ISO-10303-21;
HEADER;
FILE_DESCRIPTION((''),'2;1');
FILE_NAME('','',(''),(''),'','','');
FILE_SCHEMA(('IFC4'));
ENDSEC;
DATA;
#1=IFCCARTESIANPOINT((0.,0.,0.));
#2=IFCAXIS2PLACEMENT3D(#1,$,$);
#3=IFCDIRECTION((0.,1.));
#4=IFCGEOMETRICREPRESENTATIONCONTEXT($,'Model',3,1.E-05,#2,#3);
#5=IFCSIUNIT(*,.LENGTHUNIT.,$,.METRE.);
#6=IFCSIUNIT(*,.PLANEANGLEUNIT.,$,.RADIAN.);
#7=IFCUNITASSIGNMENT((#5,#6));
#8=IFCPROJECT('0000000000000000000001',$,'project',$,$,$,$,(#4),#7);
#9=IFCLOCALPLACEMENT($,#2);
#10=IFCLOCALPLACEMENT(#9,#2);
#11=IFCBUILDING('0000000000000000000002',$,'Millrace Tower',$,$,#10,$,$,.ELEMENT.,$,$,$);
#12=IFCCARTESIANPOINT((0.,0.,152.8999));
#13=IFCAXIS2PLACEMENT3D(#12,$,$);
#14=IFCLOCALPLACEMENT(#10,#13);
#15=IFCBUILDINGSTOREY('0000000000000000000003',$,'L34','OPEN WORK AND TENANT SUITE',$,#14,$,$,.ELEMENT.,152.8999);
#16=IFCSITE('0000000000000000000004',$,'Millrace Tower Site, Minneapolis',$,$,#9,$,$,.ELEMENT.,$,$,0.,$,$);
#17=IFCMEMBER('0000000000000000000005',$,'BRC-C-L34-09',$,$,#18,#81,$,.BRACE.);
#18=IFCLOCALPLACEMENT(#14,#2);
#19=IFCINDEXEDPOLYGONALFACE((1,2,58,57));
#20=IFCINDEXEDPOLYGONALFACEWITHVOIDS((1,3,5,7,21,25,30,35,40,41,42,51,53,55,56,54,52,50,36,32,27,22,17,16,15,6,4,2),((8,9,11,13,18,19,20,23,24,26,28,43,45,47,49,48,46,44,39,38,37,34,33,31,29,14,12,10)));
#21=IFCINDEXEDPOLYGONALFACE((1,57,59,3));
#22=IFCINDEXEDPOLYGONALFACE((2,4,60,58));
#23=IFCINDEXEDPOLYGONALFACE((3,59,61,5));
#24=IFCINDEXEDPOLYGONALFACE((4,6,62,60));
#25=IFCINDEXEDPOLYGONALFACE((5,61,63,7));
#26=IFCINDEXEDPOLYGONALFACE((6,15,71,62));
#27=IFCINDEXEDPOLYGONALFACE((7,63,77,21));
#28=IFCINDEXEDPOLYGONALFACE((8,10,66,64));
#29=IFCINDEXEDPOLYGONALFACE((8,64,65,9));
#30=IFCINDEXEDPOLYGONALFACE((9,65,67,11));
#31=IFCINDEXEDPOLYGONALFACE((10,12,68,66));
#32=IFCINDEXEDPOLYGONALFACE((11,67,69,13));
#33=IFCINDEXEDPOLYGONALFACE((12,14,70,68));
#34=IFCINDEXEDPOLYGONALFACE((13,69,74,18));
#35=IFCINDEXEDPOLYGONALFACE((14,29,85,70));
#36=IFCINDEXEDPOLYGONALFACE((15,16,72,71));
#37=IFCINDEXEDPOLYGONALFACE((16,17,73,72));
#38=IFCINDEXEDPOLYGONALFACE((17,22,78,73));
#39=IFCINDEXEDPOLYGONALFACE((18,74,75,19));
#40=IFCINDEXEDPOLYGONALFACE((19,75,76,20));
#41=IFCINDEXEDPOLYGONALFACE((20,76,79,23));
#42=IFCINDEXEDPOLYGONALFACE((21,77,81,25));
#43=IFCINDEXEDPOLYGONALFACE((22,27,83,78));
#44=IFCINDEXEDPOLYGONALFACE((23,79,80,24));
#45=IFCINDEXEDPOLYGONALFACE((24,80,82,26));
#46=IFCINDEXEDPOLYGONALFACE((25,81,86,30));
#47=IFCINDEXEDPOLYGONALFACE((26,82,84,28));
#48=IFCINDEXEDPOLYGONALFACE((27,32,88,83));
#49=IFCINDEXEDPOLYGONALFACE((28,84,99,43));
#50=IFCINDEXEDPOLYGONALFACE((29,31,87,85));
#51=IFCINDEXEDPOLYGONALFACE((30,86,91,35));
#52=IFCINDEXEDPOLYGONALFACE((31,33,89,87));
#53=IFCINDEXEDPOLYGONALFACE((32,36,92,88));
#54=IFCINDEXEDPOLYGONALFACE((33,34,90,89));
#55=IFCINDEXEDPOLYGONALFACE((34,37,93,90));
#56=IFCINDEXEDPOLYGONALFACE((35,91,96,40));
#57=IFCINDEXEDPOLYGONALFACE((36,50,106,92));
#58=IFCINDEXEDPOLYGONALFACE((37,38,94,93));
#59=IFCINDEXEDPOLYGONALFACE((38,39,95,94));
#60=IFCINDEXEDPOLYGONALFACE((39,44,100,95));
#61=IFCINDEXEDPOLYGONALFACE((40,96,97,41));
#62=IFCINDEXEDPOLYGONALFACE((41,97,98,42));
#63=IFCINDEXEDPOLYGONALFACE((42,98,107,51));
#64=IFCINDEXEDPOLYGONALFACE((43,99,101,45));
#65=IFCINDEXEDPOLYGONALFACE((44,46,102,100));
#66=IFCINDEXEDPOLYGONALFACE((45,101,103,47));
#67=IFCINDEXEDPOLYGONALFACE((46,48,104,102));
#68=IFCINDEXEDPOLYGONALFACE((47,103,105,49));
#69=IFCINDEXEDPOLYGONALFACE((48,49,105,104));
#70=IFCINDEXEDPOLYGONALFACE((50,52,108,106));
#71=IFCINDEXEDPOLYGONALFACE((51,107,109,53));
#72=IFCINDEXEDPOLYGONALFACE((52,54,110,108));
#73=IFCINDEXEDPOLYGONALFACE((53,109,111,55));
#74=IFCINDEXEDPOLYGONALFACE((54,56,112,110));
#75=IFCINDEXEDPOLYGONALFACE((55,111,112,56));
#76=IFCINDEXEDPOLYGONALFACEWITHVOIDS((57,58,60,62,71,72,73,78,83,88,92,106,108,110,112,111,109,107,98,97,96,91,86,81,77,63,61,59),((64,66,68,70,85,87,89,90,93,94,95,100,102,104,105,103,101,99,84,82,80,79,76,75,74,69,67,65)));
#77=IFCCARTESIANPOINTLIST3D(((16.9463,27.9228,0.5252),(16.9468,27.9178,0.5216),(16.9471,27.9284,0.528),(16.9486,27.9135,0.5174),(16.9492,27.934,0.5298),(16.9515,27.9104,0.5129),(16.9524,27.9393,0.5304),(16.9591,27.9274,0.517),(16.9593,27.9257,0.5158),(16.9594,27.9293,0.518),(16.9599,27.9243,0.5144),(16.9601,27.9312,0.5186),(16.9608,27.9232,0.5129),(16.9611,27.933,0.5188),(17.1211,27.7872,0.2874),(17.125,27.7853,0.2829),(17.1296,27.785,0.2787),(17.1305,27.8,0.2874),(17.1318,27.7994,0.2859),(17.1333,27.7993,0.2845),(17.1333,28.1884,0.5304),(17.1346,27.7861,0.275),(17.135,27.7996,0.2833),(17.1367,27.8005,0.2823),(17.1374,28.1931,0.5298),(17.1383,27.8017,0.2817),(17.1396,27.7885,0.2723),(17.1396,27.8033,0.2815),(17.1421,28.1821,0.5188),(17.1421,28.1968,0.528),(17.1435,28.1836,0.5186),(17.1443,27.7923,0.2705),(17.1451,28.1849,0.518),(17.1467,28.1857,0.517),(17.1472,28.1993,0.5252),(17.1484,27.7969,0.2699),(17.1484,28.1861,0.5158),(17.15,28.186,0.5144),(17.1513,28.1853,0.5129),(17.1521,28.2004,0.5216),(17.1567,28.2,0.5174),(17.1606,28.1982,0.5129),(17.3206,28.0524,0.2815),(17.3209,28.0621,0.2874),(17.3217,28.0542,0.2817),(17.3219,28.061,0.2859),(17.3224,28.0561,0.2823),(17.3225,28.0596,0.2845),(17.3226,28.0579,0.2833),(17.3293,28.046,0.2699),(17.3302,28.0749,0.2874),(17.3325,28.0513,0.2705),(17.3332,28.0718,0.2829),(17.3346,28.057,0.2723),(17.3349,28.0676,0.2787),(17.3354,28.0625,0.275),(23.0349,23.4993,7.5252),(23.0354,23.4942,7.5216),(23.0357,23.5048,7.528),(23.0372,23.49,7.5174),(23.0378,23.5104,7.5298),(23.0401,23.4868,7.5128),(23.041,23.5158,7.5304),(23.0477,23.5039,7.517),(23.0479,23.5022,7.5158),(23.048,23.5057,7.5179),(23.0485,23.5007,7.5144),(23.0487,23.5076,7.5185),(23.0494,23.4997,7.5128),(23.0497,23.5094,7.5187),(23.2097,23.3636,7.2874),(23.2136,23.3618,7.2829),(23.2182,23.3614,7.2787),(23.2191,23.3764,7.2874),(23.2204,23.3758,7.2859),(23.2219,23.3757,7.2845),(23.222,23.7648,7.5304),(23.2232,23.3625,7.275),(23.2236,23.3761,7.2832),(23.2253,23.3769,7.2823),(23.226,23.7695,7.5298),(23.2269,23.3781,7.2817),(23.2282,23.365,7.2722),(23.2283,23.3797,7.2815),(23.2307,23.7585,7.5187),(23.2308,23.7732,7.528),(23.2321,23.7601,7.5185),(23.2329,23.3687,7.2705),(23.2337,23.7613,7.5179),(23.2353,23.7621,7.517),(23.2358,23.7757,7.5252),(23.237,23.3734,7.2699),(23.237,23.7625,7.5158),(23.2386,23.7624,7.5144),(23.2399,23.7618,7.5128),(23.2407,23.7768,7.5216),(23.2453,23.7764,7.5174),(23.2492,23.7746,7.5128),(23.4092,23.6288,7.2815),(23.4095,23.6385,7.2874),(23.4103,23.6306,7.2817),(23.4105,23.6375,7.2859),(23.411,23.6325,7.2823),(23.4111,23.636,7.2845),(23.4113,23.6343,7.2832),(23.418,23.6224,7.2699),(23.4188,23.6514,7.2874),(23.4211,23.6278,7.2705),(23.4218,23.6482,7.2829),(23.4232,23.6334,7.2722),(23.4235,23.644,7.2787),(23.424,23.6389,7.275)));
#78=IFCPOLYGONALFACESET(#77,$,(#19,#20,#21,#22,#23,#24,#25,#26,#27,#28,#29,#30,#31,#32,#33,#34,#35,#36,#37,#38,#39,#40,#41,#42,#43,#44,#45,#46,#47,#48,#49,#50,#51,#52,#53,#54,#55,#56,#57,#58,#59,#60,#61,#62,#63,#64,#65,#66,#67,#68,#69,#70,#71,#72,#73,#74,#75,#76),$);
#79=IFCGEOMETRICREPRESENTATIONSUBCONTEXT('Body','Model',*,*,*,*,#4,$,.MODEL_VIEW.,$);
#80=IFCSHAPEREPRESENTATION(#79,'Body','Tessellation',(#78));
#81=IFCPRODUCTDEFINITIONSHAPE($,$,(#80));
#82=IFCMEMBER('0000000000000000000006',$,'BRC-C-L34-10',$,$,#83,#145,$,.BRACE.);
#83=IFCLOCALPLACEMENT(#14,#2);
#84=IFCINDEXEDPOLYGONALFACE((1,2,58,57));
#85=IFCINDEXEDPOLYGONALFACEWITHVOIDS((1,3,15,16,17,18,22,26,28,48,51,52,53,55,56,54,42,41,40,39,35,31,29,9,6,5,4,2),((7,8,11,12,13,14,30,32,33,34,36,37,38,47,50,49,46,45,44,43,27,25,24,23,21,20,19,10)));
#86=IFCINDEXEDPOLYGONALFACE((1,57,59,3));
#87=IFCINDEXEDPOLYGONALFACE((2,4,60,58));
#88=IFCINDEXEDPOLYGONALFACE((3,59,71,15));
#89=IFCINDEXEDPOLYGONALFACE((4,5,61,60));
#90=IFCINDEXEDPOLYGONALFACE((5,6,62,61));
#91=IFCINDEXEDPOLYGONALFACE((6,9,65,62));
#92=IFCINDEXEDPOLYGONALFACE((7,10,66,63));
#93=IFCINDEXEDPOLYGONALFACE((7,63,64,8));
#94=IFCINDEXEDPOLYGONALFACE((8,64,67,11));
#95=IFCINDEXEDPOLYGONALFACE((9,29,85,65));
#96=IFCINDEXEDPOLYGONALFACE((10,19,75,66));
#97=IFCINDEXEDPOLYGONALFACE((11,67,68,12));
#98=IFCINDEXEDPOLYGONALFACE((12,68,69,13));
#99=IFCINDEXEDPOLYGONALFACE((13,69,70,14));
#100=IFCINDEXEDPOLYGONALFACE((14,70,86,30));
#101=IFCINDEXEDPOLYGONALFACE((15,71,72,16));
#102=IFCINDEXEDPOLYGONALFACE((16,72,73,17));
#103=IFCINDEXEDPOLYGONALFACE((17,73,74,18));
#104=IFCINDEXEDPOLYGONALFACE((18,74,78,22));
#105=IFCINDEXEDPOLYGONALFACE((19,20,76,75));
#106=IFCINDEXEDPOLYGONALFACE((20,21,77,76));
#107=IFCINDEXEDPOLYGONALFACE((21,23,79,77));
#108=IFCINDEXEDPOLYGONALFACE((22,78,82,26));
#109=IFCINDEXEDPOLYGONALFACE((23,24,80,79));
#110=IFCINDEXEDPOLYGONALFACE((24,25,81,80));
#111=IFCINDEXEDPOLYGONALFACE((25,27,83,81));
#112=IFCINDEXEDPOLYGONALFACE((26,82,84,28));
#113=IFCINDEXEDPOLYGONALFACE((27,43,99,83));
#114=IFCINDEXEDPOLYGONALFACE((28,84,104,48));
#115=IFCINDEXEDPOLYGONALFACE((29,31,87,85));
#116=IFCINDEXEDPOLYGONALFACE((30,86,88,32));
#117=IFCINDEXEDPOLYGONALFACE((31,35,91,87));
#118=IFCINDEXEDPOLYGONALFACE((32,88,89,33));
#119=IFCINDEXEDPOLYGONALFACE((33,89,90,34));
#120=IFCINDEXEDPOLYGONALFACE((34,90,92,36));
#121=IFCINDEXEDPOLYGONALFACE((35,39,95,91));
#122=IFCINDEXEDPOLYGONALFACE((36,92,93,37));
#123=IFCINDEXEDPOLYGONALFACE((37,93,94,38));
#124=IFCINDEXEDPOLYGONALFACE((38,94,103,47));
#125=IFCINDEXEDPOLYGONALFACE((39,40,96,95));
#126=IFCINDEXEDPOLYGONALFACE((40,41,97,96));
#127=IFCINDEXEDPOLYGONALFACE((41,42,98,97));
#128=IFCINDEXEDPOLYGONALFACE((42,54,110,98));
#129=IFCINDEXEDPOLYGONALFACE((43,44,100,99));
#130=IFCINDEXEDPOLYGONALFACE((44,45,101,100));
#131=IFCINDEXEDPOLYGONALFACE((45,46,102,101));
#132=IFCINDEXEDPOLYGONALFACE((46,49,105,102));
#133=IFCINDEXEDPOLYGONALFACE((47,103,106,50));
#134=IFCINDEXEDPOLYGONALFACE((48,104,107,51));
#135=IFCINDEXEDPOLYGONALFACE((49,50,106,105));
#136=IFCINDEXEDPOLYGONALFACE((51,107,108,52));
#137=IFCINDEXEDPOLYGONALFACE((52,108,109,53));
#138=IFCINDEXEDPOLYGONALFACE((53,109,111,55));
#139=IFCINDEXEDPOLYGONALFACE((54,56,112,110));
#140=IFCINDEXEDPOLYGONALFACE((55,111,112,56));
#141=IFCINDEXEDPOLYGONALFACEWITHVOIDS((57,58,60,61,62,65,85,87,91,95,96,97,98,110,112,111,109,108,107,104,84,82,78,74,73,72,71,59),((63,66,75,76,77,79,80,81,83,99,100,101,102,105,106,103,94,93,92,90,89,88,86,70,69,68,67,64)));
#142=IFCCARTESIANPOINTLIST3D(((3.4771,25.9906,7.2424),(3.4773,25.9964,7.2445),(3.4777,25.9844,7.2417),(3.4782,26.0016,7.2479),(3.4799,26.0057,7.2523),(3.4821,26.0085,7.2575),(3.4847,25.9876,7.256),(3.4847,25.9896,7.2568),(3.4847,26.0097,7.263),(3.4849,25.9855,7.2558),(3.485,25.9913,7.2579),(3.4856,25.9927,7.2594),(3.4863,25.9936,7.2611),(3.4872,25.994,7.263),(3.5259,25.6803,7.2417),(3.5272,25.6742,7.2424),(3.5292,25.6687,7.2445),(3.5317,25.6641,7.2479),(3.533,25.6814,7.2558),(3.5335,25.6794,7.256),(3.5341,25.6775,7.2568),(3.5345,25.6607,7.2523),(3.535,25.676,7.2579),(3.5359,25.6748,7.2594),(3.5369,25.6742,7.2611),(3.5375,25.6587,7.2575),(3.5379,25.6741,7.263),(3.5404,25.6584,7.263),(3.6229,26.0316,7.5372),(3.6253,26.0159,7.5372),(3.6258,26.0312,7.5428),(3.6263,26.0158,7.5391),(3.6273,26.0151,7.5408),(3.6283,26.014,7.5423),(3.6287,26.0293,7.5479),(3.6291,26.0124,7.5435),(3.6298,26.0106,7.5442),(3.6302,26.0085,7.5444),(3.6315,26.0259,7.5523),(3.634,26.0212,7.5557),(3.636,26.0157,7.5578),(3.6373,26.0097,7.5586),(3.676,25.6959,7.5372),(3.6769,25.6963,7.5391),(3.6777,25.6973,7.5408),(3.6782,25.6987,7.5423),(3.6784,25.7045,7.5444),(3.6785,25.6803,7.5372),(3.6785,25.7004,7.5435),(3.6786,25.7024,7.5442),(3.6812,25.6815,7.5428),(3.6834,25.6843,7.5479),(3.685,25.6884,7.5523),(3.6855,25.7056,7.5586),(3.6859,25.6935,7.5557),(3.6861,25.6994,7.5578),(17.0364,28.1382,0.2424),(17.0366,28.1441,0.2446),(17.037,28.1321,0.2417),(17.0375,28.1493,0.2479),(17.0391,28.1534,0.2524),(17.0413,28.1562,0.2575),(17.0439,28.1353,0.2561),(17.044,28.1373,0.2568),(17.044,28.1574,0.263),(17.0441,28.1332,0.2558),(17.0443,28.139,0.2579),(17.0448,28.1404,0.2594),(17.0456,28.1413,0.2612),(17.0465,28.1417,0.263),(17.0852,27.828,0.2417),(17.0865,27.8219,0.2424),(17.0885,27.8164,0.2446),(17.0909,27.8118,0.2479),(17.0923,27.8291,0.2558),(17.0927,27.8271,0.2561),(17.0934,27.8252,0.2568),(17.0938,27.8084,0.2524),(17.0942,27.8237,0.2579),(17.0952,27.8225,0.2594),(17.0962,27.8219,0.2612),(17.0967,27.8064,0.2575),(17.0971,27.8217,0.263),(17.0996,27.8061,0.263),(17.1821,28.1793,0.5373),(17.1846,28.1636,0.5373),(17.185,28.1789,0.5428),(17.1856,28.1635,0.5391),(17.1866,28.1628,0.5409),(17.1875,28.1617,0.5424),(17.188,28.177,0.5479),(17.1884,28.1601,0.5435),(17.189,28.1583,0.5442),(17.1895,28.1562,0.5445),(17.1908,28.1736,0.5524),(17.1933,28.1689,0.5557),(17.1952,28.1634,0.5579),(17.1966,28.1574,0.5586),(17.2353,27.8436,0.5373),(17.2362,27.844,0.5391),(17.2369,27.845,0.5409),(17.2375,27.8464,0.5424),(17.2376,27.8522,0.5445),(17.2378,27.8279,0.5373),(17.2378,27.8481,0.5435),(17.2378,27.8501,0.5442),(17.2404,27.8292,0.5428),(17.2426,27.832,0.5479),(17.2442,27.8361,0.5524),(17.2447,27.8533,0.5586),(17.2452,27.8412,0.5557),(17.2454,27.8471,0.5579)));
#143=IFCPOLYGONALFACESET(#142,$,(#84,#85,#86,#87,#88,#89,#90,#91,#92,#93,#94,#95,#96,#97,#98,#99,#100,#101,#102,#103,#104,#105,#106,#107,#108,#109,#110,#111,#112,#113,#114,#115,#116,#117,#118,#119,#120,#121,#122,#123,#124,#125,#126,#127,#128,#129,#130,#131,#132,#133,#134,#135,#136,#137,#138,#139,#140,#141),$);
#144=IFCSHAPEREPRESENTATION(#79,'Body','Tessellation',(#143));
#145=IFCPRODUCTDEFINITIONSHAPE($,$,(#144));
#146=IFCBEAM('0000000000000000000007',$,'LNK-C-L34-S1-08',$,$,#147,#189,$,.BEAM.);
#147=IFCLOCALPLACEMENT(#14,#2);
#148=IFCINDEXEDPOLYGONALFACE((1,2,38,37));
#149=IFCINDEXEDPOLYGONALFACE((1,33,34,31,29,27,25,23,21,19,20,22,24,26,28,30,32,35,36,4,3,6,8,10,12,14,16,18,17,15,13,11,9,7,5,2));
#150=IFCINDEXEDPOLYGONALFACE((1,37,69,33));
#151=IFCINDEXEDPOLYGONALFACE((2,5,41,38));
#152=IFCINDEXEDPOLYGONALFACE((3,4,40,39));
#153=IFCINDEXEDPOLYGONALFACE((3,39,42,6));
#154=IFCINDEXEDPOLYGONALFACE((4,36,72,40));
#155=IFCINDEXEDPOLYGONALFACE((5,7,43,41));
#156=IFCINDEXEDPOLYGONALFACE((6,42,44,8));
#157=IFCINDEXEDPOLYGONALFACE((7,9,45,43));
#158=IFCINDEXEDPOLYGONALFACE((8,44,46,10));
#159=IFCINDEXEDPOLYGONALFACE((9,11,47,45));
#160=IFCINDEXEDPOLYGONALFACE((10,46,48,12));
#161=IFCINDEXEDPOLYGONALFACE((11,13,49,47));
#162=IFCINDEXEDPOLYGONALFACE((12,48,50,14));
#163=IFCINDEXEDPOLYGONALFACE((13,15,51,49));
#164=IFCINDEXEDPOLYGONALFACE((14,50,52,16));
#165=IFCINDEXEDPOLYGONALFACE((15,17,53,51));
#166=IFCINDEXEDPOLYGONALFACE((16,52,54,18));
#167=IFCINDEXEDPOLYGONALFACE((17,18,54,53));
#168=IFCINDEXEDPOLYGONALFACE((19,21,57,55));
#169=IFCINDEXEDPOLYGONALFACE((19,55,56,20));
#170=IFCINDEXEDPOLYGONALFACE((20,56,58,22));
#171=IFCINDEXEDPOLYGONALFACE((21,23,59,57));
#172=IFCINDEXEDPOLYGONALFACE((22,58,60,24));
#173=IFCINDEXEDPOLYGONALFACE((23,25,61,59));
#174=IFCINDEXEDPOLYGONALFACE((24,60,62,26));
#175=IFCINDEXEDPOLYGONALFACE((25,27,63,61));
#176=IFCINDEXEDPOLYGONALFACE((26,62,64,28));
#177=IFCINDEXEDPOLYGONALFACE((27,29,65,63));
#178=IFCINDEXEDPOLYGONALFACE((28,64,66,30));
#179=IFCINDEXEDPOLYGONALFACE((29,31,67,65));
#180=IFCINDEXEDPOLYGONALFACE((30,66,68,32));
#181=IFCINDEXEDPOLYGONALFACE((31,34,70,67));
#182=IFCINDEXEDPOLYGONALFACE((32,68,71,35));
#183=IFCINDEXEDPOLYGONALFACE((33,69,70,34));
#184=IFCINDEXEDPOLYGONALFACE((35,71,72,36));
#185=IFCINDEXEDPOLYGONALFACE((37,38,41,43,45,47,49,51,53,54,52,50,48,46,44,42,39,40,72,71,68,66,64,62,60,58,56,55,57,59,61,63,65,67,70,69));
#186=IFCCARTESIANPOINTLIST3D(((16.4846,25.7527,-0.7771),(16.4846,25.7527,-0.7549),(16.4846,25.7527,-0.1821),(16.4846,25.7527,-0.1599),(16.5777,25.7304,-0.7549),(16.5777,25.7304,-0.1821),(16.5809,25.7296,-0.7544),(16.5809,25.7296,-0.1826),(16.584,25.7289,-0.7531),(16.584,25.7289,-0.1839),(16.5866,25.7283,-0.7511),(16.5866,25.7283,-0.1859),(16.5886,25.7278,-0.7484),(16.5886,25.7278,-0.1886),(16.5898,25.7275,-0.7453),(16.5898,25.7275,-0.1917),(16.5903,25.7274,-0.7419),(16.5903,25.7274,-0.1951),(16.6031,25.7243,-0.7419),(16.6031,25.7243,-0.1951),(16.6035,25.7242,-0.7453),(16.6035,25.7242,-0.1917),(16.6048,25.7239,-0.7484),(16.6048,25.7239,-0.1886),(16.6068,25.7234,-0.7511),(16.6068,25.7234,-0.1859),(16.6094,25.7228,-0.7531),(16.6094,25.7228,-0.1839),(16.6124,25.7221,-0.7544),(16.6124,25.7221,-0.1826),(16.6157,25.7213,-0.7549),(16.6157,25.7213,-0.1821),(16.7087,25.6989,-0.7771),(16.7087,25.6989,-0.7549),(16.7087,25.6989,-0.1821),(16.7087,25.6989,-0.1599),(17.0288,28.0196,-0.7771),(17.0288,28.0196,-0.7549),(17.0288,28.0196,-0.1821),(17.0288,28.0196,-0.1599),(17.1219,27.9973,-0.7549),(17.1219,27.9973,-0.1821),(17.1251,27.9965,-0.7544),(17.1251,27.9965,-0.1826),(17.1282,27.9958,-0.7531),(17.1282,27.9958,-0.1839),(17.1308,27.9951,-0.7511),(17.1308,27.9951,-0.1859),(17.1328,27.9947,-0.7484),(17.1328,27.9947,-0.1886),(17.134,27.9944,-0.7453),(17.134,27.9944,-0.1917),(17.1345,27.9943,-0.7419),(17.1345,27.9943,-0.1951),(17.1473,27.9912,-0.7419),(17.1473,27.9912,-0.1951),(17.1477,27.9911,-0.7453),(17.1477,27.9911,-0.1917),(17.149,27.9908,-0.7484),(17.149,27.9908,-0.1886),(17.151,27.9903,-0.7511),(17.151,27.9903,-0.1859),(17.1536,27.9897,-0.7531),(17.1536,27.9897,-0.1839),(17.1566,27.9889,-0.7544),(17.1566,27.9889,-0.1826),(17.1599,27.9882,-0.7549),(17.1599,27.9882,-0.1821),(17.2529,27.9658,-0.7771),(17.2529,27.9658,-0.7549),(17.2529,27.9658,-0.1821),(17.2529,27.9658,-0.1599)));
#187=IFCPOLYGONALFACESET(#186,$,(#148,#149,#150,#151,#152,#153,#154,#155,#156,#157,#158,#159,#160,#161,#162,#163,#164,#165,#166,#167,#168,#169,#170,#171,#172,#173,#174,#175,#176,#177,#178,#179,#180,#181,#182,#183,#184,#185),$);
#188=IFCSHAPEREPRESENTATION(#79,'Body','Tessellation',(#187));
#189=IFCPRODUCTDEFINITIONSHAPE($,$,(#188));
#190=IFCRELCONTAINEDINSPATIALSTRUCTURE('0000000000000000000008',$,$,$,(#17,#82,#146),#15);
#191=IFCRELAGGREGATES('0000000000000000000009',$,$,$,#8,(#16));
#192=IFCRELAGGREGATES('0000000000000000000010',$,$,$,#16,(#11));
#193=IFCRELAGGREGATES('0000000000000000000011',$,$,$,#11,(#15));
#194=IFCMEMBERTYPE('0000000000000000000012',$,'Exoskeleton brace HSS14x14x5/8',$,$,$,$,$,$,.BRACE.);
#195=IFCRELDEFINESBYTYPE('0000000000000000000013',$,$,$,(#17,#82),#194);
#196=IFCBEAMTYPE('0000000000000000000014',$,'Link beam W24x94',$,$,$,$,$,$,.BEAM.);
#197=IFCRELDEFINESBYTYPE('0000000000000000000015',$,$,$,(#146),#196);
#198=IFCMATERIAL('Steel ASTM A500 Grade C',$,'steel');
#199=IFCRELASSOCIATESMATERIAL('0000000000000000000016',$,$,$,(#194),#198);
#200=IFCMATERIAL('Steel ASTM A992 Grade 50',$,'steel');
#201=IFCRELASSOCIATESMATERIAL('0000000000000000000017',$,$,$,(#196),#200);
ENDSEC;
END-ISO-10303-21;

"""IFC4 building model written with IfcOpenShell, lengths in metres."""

from ifc_helpers import new_model, si_unit, direction, frame, origin, origin_2d, place, context, subcontext, project, spatial, hollow_rectangle, i_section, extrude, material, material_profile, profile_set, type_object, element, save


model = new_model("IFC4")

# Units and contexts
model_context = context("Model", 3, precision=1e-05, world=origin(), true_north=direction((0.0, 1.0)))
body_context = subcontext(model_context, "Body", "Model", "MODEL_VIEW")
ifc_project = project(units=[si_unit("LENGTHUNIT", "METRE"), si_unit("PLANEANGLEUNIT", "RADIAN")], contexts=[model_context])

# Site, building, storey
site_placement = place(None, origin())
site = spatial("IfcSite", under=ifc_project, at=site_placement, Name="Millrace Tower Site, Minneapolis", CompositionType="ELEMENT", RefElevation=0.0)
building_placement = place(site_placement, origin())
building = spatial("IfcBuilding", under=site, at=building_placement, Name="Millrace Tower", CompositionType="ELEMENT")
storey_placement = place(building_placement, frame((0.0, 0.0, 152.8999)))
storey = spatial("IfcBuildingStorey", under=building, at=storey_placement, Name="L34", Description="OPEN WORK AND TENANT SUITE", CompositionType="ELEMENT", Elevation=152.8999)

# Members
ifc_material_1 = material(Name="Steel ASTM A500 Grade C", Category="steel")
ifc_material_profile_1 = material_profile(ifc_material_1, hollow_rectangle(XDim=0.3557, YDim=0.3557, WallThickness=0.0159, InnerFilletRadius=0.0081, OuterFilletRadius=0.0239, at=origin_2d()))
ifc_profile_set_1 = profile_set([ifc_material_profile_1], Name="Steel ASTM A500 Grade C")
member_type_1 = type_object("IfcMemberType", Name="Exoskeleton brace HSS14x14x5/8", PredefinedType="BRACE", material=ifc_profile_set_1)
member_1_placement = place(storey_placement, frame((17.1409, 27.9927, 0.4001), z_axis=(0.592388, -0.430389, 0.681059), x_axis=(0.58778, 0.809021, 0.0)))
element("IfcMember", 1, at=member_1_placement, inside=storey, type_object=member_type_1, Name="BRC-C-L34-09", PredefinedType="BRACE", context=body_context, shape_type="SweptSolid", body=[
    extrude(hollow_rectangle(XDim=0.3557, YDim=0.3557, WallThickness=0.0159, InnerFilletRadius=0.0081, OuterFilletRadius=0.0239, at=origin_2d()), origin(), (0.0, 0.0, 1.0), 10.2781),
])
member_2_placement = place(storey_placement, frame((17.1409, 27.9927, 0.4001), z_axis=(-0.879905, -0.139371, 0.454251), x_axis=(0.156443, -0.987687, 0.0)))
element("IfcMember", 2, at=member_2_placement, inside=storey, type_object=member_type_1, Name="BRC-C-L34-10", PredefinedType="BRACE", context=body_context, shape_type="SweptSolid", body=[
    extrude(hollow_rectangle(XDim=0.3557, YDim=0.3557, WallThickness=0.0159, InnerFilletRadius=0.0081, OuterFilletRadius=0.0239, at=origin_2d()), origin(), (0.0, 0.0, 1.0), 15.4099),
])

# Beam
ifc_material_2 = material(Name="Steel ASTM A992 Grade 50", Category="steel")
ifc_material_profile_2 = material_profile(ifc_material_2, i_section(OverallWidth=0.2305, OverallDepth=0.6172, WebThickness=0.0132, FlangeThickness=0.0222, FilletRadius=0.0129, at=origin_2d()))
ifc_profile_set_2 = profile_set([ifc_material_profile_2], Name="Steel ASTM A992 Grade 50")
beam_type_1 = type_object("IfcBeamType", Name="Link beam W24x94", PredefinedType="BEAM", material=ifc_profile_set_2)
beam_1_placement = place(storey_placement, frame((16.5967, 25.7258, -0.4685), z_axis=(0.233432, 0.972373, 0.0), x_axis=(-0.972373, 0.233432, 0.0)))
element("IfcBeam", 3, at=beam_1_placement, inside=storey, type_object=beam_type_1, Name="LNK-C-L34-S1-08", PredefinedType="BEAM", context=body_context, shape_type="SweptSolid", body=[
    extrude(i_section(OverallWidth=0.2305, OverallDepth=0.6172, WebThickness=0.0132, FlangeThickness=0.0222, FilletRadius=0.0129, at=origin_2d()), origin(), (0.0, 0.0, 1.0), 2.3313),
])

save(model, "model.ifc")
